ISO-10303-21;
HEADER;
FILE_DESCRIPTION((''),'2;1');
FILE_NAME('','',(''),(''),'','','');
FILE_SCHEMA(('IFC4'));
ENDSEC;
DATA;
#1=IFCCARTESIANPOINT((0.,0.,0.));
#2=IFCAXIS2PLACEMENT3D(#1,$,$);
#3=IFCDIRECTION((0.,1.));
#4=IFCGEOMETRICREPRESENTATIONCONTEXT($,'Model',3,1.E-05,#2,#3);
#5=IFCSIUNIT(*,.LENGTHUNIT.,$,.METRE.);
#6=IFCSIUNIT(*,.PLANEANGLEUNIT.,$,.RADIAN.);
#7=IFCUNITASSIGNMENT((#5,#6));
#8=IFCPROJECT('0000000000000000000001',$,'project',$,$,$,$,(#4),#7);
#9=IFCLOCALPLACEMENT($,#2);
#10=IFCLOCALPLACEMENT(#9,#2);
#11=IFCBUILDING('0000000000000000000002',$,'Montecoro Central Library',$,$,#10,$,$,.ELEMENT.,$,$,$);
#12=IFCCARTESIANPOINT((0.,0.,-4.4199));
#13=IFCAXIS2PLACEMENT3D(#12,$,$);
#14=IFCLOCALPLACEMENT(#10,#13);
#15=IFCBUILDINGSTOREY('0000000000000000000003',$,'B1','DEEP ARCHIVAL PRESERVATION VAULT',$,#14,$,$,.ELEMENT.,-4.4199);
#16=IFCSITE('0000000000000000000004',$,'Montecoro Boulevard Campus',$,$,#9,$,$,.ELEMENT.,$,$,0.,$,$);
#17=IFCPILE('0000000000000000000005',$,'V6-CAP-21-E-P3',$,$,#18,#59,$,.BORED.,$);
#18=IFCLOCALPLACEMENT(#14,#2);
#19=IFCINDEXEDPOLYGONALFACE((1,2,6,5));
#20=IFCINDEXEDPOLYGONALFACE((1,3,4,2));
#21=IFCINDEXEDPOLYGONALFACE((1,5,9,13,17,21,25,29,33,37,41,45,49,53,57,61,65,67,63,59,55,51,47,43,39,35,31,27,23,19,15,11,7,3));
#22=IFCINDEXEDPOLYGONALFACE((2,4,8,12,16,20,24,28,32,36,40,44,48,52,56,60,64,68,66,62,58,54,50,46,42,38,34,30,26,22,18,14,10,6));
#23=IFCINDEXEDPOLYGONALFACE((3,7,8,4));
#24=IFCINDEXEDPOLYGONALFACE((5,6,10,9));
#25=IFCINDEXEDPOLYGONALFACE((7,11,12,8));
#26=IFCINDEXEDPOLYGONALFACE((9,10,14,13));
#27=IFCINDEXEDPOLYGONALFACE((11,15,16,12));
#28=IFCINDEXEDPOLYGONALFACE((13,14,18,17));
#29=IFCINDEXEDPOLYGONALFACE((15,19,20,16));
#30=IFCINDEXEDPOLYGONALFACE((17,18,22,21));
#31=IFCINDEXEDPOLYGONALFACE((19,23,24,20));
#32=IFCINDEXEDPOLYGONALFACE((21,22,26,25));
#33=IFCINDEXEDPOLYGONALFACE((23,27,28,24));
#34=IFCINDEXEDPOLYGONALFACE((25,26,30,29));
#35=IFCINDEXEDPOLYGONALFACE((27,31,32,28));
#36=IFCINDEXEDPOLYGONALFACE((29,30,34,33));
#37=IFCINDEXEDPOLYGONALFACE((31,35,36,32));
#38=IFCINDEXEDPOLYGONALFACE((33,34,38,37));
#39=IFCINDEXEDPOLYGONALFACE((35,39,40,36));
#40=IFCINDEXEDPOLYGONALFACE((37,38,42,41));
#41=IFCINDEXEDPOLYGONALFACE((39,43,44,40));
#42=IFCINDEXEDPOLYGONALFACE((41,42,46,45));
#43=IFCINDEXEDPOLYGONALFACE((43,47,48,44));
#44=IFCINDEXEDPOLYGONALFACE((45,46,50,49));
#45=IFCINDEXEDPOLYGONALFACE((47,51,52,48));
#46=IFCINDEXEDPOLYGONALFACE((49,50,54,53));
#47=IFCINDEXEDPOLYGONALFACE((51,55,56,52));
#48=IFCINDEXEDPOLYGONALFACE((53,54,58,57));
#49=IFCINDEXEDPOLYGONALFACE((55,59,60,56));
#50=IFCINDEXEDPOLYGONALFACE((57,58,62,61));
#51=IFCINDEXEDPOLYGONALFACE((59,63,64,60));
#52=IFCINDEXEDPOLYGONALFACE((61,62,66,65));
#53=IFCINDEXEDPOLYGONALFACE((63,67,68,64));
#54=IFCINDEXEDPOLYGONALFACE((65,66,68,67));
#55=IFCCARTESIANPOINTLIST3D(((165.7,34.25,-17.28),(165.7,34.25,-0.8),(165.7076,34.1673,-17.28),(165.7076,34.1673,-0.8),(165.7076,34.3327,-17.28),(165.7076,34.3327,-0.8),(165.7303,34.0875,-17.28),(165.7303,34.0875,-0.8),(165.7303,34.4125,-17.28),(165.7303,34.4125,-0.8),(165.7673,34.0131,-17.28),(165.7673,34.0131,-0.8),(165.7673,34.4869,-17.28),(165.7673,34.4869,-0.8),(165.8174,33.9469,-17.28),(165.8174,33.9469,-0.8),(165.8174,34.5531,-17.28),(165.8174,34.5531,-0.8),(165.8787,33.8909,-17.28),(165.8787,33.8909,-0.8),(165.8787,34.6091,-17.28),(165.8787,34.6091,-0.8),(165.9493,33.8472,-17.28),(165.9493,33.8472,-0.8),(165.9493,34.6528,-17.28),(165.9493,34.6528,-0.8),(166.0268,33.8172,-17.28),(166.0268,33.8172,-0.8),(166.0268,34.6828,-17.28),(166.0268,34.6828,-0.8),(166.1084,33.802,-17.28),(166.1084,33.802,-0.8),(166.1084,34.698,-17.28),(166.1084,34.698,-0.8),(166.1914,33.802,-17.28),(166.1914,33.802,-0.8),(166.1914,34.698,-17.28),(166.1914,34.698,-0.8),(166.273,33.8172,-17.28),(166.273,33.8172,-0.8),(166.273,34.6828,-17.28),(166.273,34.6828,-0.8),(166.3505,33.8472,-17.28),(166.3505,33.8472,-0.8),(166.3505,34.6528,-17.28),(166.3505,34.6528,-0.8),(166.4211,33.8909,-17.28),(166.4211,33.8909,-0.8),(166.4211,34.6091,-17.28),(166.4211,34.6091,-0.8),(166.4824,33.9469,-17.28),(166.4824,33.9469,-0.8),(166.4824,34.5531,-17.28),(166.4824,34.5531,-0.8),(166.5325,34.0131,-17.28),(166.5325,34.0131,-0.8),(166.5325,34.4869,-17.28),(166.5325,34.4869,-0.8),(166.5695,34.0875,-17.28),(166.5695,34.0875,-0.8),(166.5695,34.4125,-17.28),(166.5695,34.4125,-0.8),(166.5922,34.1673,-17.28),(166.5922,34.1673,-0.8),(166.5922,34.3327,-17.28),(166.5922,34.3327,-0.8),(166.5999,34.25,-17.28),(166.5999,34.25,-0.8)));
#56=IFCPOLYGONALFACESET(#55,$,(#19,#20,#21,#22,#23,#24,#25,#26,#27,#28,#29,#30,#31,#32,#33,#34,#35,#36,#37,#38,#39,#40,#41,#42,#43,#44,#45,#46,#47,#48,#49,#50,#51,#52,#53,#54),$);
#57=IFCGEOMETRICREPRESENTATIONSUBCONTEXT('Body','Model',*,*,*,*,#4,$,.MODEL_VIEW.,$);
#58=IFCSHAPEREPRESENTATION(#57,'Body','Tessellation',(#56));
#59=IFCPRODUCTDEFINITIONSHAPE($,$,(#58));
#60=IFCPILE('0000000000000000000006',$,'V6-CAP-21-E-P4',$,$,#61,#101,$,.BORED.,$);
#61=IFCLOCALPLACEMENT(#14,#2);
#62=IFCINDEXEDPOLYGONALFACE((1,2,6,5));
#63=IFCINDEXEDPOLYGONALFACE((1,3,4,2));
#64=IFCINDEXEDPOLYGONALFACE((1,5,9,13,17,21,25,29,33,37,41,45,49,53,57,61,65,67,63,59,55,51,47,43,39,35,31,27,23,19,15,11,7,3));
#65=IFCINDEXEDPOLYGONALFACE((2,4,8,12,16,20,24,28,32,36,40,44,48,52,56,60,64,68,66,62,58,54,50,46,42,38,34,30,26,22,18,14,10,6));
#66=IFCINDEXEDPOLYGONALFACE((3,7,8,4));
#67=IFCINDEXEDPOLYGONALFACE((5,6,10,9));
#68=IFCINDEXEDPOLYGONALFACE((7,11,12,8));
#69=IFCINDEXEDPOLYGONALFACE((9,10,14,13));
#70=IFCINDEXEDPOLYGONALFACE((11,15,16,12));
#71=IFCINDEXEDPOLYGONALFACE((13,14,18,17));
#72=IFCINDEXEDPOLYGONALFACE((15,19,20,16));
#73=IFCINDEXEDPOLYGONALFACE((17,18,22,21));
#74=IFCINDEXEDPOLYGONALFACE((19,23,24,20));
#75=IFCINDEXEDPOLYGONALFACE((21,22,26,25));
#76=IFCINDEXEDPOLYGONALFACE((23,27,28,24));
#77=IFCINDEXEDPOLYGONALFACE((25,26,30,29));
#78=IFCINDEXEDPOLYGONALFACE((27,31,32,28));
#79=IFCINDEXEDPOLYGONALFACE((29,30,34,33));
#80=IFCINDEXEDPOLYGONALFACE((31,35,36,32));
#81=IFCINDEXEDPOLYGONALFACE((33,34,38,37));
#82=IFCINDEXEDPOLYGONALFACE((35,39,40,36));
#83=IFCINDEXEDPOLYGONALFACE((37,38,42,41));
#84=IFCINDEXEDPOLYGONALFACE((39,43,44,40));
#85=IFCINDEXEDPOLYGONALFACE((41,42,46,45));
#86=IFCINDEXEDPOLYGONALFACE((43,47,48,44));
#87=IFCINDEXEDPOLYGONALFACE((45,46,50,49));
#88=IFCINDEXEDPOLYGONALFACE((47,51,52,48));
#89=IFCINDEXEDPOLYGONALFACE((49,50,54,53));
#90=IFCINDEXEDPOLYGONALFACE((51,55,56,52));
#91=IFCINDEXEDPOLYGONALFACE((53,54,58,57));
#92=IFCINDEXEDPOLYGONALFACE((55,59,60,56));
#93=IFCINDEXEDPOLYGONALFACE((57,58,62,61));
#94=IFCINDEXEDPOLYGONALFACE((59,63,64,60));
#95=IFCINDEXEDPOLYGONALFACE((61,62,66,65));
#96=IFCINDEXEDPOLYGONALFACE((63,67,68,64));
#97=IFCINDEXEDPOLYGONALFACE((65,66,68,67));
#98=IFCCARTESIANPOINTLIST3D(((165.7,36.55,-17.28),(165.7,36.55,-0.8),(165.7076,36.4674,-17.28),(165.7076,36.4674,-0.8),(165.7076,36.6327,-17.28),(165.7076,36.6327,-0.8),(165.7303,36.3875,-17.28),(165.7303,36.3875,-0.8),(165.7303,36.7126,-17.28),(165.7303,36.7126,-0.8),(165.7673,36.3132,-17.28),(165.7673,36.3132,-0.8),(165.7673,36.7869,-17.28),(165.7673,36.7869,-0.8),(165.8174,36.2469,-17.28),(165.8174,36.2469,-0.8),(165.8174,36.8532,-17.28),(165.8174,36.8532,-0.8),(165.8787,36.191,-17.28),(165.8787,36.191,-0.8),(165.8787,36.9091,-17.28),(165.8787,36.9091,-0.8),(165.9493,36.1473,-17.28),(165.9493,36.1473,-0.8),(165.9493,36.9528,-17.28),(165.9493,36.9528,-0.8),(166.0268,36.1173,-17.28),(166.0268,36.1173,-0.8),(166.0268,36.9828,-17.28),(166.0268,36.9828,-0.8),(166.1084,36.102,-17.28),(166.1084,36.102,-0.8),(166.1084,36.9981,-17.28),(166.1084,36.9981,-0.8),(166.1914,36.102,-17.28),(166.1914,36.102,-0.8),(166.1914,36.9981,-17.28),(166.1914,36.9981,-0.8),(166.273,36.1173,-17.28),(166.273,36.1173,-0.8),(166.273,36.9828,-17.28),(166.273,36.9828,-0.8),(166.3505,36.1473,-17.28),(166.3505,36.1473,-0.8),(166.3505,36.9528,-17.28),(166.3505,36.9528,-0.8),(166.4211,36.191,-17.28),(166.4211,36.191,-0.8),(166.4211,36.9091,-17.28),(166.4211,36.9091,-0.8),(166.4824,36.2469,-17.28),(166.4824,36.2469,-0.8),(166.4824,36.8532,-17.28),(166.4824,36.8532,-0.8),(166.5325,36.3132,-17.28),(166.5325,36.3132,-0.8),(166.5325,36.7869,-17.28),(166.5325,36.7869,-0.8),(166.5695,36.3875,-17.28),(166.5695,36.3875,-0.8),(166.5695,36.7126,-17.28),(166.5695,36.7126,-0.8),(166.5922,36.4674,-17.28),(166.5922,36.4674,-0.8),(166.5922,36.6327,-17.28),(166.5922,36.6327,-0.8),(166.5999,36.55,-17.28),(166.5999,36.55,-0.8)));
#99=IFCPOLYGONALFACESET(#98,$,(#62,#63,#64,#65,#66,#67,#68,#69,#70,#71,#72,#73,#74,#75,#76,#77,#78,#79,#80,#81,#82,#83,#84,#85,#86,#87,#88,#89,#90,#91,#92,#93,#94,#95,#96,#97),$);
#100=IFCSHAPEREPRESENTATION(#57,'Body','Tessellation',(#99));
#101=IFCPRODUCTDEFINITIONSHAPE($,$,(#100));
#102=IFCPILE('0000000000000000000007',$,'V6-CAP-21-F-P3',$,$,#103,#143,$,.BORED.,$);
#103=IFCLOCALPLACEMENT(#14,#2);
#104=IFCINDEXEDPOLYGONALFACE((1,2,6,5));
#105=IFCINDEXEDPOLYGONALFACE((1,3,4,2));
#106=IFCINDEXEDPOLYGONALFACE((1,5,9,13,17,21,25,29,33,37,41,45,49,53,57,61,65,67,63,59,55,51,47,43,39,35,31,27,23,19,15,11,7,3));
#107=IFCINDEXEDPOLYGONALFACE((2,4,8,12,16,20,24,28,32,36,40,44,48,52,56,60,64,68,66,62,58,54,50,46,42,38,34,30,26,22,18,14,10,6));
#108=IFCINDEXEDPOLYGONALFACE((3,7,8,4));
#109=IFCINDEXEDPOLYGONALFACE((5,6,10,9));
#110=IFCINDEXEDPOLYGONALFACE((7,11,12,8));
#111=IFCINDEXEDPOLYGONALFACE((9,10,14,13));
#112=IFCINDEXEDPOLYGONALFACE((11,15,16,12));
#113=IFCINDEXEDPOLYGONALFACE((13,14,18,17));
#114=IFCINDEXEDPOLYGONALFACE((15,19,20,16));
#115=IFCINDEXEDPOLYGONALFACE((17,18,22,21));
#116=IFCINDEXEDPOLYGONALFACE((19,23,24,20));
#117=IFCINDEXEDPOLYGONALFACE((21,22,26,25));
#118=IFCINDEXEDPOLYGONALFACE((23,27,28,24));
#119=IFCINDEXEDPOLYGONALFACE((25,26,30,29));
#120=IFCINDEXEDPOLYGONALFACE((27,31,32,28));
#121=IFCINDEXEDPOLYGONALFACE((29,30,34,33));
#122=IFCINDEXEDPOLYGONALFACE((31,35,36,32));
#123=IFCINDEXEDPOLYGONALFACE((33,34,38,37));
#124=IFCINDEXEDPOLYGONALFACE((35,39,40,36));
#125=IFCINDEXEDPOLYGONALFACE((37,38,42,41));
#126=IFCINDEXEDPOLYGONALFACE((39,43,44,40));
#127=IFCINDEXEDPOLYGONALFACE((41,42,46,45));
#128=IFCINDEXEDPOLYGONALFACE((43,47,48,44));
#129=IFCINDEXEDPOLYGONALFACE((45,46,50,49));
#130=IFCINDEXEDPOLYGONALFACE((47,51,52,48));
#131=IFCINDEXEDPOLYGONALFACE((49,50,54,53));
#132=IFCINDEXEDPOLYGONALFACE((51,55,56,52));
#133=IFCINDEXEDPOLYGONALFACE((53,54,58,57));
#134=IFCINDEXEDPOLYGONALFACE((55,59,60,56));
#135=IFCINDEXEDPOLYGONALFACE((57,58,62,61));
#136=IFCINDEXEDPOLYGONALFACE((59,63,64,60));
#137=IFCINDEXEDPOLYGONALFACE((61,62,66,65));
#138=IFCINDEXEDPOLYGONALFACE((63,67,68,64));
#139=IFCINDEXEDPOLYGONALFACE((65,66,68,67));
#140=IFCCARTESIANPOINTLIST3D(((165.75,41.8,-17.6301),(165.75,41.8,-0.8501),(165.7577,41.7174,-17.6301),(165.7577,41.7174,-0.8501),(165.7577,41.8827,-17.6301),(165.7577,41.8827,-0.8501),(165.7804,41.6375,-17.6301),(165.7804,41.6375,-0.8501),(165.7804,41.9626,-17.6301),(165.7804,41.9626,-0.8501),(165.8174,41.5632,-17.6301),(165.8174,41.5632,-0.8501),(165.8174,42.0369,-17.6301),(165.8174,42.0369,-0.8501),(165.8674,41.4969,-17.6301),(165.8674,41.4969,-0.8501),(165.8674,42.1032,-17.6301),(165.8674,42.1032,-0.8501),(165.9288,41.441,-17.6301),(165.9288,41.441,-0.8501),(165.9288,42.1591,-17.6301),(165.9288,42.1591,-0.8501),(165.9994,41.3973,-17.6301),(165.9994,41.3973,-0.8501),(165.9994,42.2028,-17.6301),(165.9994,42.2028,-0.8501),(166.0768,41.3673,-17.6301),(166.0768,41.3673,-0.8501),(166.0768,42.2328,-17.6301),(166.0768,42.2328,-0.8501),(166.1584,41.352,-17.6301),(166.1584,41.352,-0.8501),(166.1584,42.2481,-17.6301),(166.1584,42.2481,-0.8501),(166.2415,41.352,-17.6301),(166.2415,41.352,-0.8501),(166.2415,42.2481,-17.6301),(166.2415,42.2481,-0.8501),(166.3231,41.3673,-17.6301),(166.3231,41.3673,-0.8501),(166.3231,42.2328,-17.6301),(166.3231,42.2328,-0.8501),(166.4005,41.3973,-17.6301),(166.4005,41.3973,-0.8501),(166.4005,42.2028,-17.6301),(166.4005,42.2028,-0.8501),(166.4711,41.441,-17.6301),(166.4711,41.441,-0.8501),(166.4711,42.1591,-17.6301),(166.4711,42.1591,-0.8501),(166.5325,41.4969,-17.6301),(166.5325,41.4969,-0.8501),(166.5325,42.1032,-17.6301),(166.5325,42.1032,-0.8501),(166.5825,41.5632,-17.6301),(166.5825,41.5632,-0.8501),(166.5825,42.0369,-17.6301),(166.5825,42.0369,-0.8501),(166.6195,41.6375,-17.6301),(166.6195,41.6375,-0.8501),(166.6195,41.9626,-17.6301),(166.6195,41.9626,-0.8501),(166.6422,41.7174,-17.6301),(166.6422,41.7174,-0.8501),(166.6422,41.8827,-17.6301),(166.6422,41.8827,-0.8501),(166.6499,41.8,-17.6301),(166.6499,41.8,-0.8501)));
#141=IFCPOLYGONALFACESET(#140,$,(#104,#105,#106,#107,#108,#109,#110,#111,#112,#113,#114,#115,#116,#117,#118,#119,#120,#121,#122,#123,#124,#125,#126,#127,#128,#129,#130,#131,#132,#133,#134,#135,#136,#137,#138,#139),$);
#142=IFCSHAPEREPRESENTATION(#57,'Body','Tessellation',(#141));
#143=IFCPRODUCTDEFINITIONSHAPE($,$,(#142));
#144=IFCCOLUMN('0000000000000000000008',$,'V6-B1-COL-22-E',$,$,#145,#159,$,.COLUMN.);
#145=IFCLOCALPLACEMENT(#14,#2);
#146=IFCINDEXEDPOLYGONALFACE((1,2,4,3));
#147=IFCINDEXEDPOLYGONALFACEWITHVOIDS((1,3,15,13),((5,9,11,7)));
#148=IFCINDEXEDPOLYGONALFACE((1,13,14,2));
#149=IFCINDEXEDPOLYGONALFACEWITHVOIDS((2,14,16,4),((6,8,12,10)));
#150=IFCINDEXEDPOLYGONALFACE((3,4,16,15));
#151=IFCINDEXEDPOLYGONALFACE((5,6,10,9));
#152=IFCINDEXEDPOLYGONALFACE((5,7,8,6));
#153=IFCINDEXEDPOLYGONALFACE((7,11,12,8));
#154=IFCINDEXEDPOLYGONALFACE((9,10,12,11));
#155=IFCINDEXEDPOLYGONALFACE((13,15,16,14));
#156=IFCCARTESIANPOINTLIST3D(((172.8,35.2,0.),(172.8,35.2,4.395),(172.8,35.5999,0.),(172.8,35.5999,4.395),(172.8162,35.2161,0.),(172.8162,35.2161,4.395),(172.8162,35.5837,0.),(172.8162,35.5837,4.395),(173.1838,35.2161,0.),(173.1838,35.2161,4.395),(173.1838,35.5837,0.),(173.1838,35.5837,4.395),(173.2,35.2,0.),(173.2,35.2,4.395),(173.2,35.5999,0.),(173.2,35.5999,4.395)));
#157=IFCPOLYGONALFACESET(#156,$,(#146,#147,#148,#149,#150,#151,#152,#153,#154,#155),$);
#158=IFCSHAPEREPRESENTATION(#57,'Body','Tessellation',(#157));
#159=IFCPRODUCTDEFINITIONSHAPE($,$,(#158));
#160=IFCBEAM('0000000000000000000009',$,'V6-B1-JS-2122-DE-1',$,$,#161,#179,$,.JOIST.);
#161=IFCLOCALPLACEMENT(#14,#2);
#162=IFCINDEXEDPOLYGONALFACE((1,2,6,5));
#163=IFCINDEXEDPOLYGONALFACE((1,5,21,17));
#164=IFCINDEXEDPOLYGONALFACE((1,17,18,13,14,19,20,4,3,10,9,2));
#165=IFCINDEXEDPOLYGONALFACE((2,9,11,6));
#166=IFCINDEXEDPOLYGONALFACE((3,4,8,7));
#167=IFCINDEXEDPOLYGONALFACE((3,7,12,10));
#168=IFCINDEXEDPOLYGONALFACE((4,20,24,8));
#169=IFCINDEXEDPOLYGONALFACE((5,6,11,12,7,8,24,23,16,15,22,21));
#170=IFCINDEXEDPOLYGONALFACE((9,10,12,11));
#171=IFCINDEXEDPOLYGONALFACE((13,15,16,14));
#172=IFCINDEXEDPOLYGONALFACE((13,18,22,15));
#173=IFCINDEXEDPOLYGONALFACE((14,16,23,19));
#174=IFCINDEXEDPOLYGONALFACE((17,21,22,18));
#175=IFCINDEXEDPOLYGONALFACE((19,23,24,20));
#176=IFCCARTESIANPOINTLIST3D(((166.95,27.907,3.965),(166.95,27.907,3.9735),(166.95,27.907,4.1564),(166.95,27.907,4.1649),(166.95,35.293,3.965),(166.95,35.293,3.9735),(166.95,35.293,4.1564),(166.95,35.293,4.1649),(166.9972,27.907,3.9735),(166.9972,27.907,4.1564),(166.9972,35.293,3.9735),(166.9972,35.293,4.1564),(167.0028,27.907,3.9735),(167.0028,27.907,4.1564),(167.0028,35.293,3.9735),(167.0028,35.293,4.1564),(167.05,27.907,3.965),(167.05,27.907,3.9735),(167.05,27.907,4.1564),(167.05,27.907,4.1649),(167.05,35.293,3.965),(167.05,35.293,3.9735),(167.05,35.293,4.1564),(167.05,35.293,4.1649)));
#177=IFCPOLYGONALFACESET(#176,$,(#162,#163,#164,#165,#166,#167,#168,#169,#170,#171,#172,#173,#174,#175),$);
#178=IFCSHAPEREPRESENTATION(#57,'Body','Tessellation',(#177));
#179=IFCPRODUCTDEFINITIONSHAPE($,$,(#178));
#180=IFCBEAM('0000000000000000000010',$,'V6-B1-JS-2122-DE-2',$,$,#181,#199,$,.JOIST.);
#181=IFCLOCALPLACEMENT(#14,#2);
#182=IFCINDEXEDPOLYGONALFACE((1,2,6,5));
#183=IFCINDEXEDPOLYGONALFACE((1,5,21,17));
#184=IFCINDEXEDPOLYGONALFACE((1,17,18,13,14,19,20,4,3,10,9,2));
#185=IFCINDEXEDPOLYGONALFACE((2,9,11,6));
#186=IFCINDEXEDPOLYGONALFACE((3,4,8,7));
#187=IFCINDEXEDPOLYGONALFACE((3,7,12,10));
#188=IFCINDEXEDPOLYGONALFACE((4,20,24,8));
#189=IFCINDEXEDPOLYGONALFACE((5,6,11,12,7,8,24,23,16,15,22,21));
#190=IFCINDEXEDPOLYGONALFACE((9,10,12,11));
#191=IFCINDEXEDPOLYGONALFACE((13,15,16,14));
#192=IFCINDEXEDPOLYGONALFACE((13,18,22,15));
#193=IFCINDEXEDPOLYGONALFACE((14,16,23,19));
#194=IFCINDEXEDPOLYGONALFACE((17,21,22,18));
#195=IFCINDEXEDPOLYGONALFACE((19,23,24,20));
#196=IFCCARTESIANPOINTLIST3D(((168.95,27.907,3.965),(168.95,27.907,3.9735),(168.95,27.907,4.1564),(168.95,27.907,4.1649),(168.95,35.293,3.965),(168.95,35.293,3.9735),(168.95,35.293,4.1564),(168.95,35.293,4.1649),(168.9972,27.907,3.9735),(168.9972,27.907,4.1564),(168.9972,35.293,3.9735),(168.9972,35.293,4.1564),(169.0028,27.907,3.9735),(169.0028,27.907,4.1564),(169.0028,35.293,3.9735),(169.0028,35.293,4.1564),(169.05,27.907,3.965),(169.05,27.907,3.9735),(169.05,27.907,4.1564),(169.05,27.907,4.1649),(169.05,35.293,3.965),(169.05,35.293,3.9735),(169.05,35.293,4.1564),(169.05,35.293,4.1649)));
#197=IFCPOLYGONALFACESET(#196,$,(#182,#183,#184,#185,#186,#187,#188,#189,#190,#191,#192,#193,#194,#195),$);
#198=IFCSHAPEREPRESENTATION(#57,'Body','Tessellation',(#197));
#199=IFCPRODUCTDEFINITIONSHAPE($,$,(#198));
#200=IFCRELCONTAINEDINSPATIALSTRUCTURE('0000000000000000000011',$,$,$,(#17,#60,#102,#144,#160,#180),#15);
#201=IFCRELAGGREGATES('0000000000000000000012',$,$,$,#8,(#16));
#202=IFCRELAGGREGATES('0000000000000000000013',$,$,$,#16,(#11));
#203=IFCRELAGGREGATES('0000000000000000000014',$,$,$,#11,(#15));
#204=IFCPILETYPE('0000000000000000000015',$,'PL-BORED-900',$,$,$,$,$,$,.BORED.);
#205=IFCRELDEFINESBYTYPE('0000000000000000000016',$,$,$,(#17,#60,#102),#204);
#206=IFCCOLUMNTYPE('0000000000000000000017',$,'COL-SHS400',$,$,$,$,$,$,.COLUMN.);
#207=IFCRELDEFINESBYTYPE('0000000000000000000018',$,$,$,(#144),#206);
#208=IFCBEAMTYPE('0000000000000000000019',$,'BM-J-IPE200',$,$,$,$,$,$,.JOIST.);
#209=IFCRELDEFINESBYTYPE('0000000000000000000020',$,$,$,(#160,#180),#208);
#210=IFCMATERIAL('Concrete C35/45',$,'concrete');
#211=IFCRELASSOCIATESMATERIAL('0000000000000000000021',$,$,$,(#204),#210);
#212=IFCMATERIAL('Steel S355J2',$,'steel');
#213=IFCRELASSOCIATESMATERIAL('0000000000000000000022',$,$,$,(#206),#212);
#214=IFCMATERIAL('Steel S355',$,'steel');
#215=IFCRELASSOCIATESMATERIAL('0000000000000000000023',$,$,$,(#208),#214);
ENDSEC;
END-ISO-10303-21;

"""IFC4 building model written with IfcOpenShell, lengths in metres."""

from ifc_helpers import new_model, si_unit, direction, frame, origin, origin_2d, place, context, subcontext, project, spatial, hollow_rectangle, circle, i_section, extrude, material, material_profile, profile_set, type_object, element, save


model = new_model("IFC4")

# Units and contexts
model_context = context("Model", 3, precision=1e-05, world=origin(), true_north=direction((0.0, 1.0)))
body_context = subcontext(model_context, "Body", "Model", "MODEL_VIEW")
ifc_project = project(units=[si_unit("LENGTHUNIT", "METRE"), si_unit("PLANEANGLEUNIT", "RADIAN")], contexts=[model_context])

# Site, building, storey
site_placement = place(None, origin())
site = spatial("IfcSite", under=ifc_project, at=site_placement, Name="Montecoro Boulevard Campus", CompositionType="ELEMENT", RefElevation=0.0)
building_placement = place(site_placement, origin())
building = spatial("IfcBuilding", under=site, at=building_placement, Name="Montecoro Central Library", CompositionType="ELEMENT")
storey_placement = place(building_placement, frame((0.0, 0.0, -4.4199)))
storey = spatial("IfcBuildingStorey", under=building, at=storey_placement, Name="B1", Description="DEEP ARCHIVAL PRESERVATION VAULT", CompositionType="ELEMENT", Elevation=-4.4199)

# Shared definitions
ifc_material_1 = material(Name="Concrete C35/45", Category="concrete")

# Piles
ifc_material_profile_1 = material_profile(ifc_material_1, circle(Radius=0.45, at=origin_2d()), Name="PILE D900")
ifc_profile_set_1 = profile_set([ifc_material_profile_1], Name="Concrete C35/45")
pile_type_1 = type_object("IfcPileType", Name="PL-BORED-900", PredefinedType="BORED", material=ifc_profile_set_1)
for number, where, z_axis, x_axis, name in (
    (1, (166.1499, 34.25, -0.8), (0.0, 0.0, -1.0), (1.0, 0.0, 0.0), "V6-CAP-21-E-P3"),
    (2, (166.1499, 36.55, -0.8), (0.0, 0.0, -1.0), (1.0, 0.0, 0.0), "V6-CAP-21-E-P4"),
):
    element("IfcPile", number, at=place(storey_placement, frame(where, z_axis=z_axis, x_axis=x_axis)), inside=storey, type_object=pile_type_1, Name=name, PredefinedType="BORED", context=body_context, shape_type="SweptSolid", body=[
        extrude(circle(Radius=0.45, at=origin_2d()), origin(), (0.0, 0.0, 1.0), 16.48),
    ])
pile_1_placement = place(storey_placement, frame((166.2, 41.8, -0.8501), z_axis=(0.0, 0.0, -1.0), x_axis=(1.0, 0.0, 0.0)))
element("IfcPile", 3, at=pile_1_placement, inside=storey, type_object=pile_type_1, Name="V6-CAP-21-F-P3", PredefinedType="BORED", context=body_context, shape_type="SweptSolid", body=[
    extrude(circle(Radius=0.45, at=origin_2d()), origin(), (0.0, 0.0, 1.0), 16.78),
])

# Column
ifc_material_2 = material(Name="Steel S355J2", Category="steel")
ifc_material_profile_2 = material_profile(ifc_material_2, hollow_rectangle(XDim=0.3999, YDim=0.3999, WallThickness=0.0161, at=origin_2d()), Name="SHS 400x400x16.0")
ifc_profile_set_2 = profile_set([ifc_material_profile_2], Name="Steel S355J2")
column_type = type_object("IfcColumnType", Name="COL-SHS400", PredefinedType="COLUMN", material=ifc_profile_set_2)
column_placement = place(storey_placement, frame((173.0, 35.3999, 0.0), z_axis=(0.0, 0.0, 1.0), x_axis=(1.0, 0.0, 0.0)))
element("IfcColumn", 4, at=column_placement, inside=storey, type_object=column_type, Name="V6-B1-COL-22-E", PredefinedType="COLUMN", context=body_context, shape_type="SweptSolid", body=[
    extrude(hollow_rectangle(XDim=0.3999, YDim=0.3999, WallThickness=0.0161, at=origin_2d()), origin(), (0.0, 0.0, 1.0), 4.395),
])

# Beams
ifc_material_3 = material(Name="Steel S355", Category="steel")
ifc_material_profile_3 = material_profile(ifc_material_3, i_section(OverallWidth=0.1001, OverallDepth=0.2, WebThickness=0.0056, FlangeThickness=0.0085, at=origin_2d()), Name="IPE 200")
ifc_profile_set_3 = profile_set([ifc_material_profile_3], Name="Steel S355")
beam_type_1 = type_object("IfcBeamType", Name="BM-J-IPE200", PredefinedType="JOIST", material=ifc_profile_set_3)
for number, where, z_axis, x_axis, name in (
    (5, (167.0, 27.907, 4.0649), (0.0, 1.0, 0.0), (-1.0, 0.0, 0.0), "V6-B1-JS-2122-DE-1"),
    (6, (169.0, 27.907, 4.0649), (0.0, 1.0, 0.0), (-1.0, 0.0, 0.0), "V6-B1-JS-2122-DE-2"),
):
    element("IfcBeam", number, at=place(storey_placement, frame(where, z_axis=z_axis, x_axis=x_axis)), inside=storey, type_object=beam_type_1, Name=name, PredefinedType="JOIST", context=body_context, shape_type="SweptSolid", body=[
        extrude(i_section(OverallWidth=0.1001, OverallDepth=0.2, WebThickness=0.0056, FlangeThickness=0.0085, at=origin_2d()), origin(), (0.0, 0.0, 1.0), 7.386),
    ])

save(model, "model.ifc")
